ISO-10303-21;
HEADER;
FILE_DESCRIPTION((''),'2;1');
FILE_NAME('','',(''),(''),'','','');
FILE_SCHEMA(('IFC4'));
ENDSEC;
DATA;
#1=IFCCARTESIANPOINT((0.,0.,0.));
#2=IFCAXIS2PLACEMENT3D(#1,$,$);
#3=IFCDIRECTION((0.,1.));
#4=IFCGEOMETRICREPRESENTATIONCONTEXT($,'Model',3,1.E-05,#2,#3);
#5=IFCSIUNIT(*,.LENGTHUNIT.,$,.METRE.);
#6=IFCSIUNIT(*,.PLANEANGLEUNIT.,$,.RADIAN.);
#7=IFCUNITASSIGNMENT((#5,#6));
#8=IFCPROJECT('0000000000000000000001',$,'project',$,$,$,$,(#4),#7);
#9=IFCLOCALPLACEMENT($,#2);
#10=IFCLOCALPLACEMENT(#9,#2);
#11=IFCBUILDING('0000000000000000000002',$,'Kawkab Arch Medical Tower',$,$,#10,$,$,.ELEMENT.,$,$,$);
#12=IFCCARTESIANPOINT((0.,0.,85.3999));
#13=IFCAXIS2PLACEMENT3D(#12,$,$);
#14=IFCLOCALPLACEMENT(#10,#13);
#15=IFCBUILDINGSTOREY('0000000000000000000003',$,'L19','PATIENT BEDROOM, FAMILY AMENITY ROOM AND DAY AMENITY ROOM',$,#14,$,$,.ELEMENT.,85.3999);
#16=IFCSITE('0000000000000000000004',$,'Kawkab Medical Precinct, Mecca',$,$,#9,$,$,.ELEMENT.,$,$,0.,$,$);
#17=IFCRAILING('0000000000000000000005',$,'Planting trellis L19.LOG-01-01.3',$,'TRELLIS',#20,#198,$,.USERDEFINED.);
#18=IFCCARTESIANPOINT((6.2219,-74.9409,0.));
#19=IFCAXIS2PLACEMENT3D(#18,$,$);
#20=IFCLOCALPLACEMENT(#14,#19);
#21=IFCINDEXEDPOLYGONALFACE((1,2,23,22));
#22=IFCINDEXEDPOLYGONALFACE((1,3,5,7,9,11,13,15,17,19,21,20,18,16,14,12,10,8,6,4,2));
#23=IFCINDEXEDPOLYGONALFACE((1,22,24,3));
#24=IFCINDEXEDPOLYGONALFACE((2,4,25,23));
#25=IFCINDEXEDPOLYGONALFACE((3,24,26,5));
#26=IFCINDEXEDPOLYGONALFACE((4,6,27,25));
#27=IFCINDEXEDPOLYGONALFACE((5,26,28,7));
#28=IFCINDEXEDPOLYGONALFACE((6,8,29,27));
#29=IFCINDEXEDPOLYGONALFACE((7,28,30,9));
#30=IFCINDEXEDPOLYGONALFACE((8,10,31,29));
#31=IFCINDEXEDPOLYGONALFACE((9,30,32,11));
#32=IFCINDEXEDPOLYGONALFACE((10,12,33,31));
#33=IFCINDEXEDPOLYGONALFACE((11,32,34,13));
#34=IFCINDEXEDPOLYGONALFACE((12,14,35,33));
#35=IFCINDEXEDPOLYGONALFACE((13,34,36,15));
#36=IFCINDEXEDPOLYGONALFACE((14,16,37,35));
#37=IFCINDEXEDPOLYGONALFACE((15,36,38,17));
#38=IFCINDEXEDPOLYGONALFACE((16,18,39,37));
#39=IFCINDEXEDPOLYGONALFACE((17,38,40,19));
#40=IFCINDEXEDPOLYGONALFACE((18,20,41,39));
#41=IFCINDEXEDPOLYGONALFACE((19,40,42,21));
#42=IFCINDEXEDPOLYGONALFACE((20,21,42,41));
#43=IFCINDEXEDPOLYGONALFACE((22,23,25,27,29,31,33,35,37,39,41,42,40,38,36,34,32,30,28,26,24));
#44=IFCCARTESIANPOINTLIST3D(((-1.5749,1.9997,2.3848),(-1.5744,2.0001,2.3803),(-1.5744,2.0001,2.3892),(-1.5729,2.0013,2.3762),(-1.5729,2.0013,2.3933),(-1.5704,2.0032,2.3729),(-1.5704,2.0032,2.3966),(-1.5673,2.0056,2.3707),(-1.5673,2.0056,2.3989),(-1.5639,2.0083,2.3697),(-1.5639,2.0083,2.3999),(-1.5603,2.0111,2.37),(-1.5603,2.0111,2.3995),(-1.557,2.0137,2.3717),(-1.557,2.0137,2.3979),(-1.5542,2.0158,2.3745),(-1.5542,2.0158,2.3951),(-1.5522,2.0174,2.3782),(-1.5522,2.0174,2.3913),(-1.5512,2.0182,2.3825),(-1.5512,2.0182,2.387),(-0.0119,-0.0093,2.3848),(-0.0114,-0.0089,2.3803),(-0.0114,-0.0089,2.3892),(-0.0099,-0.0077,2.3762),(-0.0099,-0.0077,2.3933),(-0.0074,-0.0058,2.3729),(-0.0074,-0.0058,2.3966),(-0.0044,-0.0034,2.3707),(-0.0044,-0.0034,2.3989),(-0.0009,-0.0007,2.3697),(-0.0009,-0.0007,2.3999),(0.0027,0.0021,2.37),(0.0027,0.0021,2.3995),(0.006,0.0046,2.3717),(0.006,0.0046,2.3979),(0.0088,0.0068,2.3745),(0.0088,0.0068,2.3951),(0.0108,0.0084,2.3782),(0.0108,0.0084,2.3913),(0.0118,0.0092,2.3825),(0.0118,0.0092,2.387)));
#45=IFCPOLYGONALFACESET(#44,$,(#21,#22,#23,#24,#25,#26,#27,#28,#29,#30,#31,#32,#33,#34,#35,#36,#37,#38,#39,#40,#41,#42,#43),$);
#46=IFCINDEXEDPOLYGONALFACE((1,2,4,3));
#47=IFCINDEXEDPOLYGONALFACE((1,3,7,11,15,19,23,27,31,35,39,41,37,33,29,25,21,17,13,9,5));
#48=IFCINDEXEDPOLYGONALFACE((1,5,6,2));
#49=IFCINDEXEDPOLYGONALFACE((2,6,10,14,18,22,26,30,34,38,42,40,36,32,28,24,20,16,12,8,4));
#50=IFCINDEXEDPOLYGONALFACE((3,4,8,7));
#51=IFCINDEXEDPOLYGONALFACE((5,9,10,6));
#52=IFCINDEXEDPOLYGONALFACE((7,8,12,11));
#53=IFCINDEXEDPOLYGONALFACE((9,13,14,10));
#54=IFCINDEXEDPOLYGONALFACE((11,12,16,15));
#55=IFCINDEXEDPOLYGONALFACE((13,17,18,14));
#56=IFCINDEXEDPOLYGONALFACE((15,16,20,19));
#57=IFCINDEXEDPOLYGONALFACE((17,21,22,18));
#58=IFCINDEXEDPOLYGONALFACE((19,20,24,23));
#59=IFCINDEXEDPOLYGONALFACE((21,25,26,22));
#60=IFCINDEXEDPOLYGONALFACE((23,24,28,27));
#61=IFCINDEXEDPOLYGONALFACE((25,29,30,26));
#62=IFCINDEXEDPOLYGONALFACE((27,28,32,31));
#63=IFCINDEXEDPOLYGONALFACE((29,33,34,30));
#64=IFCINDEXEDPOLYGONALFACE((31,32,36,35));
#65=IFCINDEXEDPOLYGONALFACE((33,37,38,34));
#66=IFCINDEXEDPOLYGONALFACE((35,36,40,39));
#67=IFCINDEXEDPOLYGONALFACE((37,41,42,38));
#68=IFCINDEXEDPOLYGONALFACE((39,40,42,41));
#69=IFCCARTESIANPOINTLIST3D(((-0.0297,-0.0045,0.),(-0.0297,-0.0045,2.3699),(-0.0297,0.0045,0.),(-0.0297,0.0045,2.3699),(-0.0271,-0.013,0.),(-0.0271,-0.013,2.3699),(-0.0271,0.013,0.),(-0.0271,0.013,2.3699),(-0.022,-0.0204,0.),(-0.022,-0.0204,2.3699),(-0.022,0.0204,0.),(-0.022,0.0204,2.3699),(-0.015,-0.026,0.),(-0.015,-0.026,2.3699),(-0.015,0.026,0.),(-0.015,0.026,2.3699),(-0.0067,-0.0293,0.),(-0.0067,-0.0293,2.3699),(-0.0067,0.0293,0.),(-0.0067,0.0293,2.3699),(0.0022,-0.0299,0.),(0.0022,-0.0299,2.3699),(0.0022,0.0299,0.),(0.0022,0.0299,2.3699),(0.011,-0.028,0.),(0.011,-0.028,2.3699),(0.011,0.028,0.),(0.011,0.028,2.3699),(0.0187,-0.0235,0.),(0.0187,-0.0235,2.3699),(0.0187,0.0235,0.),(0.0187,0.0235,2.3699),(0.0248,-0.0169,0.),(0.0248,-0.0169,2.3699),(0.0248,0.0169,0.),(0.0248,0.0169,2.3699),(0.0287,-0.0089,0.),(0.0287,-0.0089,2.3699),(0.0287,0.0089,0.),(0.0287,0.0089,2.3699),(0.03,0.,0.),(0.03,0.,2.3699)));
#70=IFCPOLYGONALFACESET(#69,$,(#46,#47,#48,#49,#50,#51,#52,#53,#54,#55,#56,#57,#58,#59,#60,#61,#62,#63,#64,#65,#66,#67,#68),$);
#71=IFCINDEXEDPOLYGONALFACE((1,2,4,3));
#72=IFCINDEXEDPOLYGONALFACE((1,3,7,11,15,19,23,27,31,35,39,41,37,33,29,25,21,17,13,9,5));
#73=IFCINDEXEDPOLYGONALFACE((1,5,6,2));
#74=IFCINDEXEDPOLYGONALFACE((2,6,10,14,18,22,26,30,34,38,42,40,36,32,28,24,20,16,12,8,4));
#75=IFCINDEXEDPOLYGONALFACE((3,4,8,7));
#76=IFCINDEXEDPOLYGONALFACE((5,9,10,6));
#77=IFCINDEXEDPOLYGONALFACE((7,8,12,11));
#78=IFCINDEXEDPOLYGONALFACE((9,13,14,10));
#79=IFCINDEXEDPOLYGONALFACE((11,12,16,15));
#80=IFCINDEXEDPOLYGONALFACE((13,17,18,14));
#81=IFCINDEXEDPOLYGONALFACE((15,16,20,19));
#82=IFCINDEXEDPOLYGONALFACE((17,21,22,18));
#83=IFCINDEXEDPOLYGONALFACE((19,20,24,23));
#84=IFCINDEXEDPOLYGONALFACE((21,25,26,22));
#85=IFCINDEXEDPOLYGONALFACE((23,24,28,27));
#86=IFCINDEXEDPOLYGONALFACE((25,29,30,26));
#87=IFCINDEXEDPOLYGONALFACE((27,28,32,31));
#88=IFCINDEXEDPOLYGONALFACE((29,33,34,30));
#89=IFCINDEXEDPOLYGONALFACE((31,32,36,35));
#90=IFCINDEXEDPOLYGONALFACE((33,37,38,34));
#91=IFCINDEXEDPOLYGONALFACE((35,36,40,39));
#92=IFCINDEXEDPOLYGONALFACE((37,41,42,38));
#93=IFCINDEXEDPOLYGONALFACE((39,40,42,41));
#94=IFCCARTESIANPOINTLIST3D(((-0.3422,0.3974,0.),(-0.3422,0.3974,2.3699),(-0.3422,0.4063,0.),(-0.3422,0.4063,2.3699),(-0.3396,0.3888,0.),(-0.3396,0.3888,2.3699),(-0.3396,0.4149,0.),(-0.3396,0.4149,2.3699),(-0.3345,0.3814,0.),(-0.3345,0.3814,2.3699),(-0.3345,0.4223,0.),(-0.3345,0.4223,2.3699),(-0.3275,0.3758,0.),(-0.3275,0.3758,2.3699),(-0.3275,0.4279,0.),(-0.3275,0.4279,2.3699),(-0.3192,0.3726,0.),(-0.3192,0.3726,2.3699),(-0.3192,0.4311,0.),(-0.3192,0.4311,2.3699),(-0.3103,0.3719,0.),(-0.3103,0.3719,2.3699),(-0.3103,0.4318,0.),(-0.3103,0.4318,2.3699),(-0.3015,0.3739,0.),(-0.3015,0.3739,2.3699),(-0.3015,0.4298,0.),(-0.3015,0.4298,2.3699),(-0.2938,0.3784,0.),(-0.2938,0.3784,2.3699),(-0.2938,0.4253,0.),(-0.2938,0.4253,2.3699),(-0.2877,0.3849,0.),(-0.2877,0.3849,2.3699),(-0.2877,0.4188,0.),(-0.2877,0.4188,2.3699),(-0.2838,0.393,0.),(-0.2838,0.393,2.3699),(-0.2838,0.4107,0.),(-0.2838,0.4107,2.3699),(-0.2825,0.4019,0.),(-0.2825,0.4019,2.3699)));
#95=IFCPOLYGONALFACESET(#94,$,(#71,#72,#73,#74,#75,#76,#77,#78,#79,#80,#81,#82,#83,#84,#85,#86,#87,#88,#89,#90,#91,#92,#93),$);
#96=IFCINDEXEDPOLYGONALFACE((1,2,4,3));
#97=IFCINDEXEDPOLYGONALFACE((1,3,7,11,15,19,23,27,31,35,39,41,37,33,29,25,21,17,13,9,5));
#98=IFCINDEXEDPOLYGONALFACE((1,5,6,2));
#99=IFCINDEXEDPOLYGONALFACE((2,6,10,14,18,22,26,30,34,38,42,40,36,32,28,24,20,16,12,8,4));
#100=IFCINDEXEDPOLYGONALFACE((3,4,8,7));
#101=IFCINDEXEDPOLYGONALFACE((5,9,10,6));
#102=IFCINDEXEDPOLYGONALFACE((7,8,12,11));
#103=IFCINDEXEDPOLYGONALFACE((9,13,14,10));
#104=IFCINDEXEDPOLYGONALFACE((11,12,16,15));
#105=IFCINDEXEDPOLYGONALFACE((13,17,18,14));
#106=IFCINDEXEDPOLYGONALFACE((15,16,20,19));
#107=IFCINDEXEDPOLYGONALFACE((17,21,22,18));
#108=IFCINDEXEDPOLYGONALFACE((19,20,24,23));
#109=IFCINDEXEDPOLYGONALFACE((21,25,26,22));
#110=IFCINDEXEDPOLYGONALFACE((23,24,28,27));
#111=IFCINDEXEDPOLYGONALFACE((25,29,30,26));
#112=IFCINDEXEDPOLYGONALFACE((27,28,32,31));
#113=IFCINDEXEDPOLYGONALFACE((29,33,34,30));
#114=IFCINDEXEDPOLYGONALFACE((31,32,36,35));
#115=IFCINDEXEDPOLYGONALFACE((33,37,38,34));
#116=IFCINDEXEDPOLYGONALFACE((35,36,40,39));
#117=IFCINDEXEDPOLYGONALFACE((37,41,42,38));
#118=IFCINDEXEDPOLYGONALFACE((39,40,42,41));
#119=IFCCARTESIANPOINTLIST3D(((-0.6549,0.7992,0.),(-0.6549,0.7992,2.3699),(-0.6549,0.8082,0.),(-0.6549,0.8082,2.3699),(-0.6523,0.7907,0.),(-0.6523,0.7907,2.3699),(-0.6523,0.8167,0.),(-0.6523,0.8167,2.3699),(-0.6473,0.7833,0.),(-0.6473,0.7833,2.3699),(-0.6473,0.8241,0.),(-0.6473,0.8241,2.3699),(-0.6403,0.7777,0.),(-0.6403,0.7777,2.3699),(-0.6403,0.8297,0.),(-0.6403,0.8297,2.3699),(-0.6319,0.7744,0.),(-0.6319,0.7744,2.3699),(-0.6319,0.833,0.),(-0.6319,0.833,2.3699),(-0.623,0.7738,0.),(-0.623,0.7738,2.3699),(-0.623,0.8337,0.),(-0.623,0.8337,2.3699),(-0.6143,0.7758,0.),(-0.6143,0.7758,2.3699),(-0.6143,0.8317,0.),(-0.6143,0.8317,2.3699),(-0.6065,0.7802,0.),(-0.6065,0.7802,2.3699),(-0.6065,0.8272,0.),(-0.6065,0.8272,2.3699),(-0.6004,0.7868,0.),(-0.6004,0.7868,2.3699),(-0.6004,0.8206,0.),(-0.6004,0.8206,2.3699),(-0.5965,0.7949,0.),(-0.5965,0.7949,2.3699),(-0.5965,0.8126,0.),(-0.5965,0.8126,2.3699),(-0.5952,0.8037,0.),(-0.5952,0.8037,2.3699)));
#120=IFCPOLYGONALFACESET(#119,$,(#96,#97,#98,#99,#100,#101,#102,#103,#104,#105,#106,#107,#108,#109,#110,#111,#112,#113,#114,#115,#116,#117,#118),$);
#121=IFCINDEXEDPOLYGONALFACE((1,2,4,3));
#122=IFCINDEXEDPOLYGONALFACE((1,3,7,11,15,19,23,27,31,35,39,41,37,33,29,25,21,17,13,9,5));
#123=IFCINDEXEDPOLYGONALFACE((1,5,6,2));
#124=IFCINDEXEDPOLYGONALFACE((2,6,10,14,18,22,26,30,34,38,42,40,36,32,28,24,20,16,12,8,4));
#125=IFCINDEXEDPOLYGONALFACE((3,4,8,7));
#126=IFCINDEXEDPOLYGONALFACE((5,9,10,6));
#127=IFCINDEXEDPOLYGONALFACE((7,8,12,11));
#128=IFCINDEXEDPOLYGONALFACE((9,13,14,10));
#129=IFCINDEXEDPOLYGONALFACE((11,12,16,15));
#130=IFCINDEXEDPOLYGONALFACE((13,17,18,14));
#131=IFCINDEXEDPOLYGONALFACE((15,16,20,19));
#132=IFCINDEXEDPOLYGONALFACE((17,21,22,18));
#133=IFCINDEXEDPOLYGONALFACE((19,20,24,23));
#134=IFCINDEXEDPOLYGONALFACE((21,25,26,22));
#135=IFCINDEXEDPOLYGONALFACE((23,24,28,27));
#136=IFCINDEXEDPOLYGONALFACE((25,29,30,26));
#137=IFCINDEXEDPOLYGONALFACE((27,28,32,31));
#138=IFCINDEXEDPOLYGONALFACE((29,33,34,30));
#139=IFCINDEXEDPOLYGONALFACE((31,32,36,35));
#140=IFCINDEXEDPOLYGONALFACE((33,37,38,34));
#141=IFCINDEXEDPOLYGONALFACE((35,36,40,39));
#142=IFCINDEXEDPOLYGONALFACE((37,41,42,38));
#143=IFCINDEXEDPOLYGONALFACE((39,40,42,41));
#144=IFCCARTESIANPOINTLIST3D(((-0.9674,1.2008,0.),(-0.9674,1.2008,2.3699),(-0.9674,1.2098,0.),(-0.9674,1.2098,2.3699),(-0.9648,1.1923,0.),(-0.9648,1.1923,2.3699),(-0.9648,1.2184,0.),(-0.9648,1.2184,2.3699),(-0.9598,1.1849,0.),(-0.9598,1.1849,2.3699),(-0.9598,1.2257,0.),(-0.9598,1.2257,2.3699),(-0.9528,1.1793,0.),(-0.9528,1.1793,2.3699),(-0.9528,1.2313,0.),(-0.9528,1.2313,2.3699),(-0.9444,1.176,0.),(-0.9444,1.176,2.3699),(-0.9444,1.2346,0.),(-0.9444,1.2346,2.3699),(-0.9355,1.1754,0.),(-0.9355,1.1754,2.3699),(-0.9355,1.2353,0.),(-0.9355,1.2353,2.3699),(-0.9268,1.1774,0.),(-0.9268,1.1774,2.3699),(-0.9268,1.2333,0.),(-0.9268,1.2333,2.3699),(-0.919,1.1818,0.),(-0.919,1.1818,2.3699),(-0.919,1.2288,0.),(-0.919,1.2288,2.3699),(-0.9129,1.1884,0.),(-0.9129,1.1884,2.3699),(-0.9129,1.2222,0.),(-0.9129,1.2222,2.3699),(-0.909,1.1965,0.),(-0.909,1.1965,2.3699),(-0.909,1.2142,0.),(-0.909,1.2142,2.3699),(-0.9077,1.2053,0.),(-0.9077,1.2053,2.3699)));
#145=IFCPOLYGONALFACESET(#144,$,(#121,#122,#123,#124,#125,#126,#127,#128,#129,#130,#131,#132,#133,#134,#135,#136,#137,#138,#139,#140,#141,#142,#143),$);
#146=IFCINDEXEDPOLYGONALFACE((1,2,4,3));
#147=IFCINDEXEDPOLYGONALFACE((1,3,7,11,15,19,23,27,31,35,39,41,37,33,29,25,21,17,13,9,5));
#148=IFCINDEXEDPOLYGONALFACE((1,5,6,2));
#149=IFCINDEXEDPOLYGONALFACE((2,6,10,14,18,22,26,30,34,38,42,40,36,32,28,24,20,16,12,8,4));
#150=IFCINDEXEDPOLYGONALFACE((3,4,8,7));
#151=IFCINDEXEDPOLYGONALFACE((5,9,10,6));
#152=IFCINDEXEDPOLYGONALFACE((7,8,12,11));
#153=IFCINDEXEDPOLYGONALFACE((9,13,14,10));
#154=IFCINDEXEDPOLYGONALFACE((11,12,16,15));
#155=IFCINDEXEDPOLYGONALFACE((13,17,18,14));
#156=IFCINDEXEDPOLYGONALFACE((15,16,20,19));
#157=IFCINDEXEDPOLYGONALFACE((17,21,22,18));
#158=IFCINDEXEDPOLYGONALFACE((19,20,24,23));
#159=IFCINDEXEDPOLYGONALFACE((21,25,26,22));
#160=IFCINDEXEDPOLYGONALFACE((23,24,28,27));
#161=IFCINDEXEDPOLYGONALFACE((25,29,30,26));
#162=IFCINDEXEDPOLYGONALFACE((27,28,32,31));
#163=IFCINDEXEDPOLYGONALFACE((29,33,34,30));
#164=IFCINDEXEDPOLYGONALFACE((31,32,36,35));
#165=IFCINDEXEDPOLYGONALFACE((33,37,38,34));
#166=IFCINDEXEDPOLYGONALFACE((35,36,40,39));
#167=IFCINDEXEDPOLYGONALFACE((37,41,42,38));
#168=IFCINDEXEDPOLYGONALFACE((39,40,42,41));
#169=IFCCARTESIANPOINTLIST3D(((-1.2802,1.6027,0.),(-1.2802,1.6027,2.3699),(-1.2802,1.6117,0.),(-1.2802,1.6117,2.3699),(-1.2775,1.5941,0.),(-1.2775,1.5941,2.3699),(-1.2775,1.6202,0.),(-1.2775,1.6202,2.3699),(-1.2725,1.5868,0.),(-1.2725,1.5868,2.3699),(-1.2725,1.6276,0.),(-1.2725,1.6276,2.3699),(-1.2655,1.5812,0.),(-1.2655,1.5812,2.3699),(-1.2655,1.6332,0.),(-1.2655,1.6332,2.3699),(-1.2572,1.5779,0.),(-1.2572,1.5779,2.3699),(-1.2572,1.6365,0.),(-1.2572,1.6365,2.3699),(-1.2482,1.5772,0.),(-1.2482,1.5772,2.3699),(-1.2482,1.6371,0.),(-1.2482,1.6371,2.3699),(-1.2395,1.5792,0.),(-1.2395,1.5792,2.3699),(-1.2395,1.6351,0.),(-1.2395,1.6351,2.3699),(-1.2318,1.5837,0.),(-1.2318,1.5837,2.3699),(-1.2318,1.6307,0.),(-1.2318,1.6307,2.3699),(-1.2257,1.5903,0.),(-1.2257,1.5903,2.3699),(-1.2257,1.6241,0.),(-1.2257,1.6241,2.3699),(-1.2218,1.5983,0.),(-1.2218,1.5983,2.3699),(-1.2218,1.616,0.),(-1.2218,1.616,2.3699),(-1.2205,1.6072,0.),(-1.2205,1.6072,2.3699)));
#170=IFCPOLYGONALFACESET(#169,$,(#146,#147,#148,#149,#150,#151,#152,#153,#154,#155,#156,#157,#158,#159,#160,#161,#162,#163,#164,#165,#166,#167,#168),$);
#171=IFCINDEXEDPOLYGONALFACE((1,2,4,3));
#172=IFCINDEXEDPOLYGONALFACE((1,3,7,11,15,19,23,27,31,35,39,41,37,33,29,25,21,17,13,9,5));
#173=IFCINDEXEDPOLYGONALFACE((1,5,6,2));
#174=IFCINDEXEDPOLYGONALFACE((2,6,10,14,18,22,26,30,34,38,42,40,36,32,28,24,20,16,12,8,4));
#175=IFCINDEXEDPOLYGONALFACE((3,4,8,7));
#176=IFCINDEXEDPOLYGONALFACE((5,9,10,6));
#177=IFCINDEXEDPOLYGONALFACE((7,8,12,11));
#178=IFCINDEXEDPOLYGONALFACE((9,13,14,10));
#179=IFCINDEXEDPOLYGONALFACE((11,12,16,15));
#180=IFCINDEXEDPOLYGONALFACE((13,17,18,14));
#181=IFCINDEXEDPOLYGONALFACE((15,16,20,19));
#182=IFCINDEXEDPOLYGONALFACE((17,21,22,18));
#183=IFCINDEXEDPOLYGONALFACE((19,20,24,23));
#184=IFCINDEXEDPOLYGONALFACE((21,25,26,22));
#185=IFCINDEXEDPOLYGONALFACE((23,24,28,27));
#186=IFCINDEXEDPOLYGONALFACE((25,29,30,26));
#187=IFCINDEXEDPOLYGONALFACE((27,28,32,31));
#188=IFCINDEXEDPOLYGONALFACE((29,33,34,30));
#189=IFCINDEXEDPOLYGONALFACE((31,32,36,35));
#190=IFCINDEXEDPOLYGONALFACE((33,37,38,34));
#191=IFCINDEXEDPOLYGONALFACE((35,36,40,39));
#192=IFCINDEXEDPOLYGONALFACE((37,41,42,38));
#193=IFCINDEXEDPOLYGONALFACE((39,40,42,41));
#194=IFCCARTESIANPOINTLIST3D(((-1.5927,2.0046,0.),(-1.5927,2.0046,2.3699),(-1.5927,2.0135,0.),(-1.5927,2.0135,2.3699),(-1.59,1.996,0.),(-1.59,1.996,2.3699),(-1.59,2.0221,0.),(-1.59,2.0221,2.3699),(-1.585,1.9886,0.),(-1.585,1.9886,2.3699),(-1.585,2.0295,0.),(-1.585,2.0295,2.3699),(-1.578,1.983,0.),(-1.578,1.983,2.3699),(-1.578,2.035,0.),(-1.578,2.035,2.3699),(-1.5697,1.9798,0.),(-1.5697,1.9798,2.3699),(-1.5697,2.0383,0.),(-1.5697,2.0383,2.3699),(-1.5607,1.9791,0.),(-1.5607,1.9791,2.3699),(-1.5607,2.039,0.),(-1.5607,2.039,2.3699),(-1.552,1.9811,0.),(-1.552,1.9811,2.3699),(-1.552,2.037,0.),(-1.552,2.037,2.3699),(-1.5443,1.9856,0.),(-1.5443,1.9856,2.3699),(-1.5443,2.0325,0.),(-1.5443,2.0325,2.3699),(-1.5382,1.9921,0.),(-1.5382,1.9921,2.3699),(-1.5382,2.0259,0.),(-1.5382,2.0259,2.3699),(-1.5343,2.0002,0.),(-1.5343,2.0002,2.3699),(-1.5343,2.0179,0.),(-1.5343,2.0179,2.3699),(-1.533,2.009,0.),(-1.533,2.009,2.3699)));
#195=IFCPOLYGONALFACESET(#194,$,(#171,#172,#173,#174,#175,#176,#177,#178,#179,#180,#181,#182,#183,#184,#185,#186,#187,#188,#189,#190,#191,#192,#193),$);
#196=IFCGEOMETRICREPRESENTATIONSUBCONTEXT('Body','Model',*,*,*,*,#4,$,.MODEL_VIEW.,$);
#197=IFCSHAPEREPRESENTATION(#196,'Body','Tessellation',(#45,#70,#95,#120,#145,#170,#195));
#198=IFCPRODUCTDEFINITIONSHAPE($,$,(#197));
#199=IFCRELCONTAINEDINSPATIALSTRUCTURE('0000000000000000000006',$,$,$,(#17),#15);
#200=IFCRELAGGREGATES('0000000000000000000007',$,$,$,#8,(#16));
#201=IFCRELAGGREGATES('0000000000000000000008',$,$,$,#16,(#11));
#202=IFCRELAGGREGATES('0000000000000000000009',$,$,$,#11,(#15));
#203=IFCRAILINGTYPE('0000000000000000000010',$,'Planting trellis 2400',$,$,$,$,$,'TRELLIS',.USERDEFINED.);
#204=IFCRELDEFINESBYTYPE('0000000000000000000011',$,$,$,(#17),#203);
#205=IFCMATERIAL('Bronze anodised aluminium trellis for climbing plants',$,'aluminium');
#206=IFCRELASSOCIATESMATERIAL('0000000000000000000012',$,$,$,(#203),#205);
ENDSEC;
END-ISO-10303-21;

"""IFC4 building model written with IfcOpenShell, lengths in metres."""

from ifc_helpers import new_model, si_unit, direction, frame, origin, origin_2d, place, context, subcontext, project, spatial, circle, extrude, material, type_object, element, save


model = new_model("IFC4")

# Units and contexts
model_context = context("Model", 3, precision=1e-05, world=origin(), true_north=direction((0.0, 1.0)))
body_context = subcontext(model_context, "Body", "Model", "MODEL_VIEW")
ifc_project = project(units=[si_unit("LENGTHUNIT", "METRE"), si_unit("PLANEANGLEUNIT", "RADIAN")], contexts=[model_context])

# Site, building, storey
site_placement = place(None, origin())
site = spatial("IfcSite", under=ifc_project, at=site_placement, Name="Kawkab Medical Precinct, Mecca", CompositionType="ELEMENT", RefElevation=0.0)
building_placement = place(site_placement, origin())
building = spatial("IfcBuilding", under=site, at=building_placement, Name="Kawkab Arch Medical Tower", CompositionType="ELEMENT")
storey_placement = place(building_placement, frame((0.0, 0.0, 85.3999)))
storey = spatial("IfcBuildingStorey", under=building, at=storey_placement, Name="L19", Description="PATIENT BEDROOM, FAMILY AMENITY ROOM AND DAY AMENITY ROOM", CompositionType="ELEMENT", Elevation=85.3999)

# Railing
ifc_material_1 = material(Name="Bronze anodised aluminium trellis for climbing plants", Category="aluminium")
railing_type = type_object("IfcRailingType", Name="Planting trellis 2400", ElementType="TRELLIS", PredefinedType="USERDEFINED", material=ifc_material_1)
railing_1_placement = place(storey_placement, frame((6.2219, -74.9409, 0.0)))
element("IfcRailing", 1, at=railing_1_placement, inside=storey, type_object=railing_type, Name="Planting trellis L19.LOG-01-01.3", ObjectType="TRELLIS", PredefinedType="USERDEFINED", context=body_context, shape_type="SweptSolid", body=[
    extrude(circle(Radius=0.0151, at=origin_2d()), frame((0.0, 0.0, 2.3848), z_axis=(-0.61404, 0.789275, 0.0), x_axis=(-0.789275, -0.61404, 0.0)), (0.0, 0.0, 1.0), 2.5454),
    extrude(circle(Radius=0.03, at=origin_2d()), origin(), (0.0, 0.0, 1.0), 2.3699),
    extrude(circle(Radius=0.03, at=origin_2d()), frame((-0.3125, 0.4019, 0.0)), (0.0, 0.0, 1.0), 2.3699),
    extrude(circle(Radius=0.03, at=origin_2d()), frame((-0.6252, 0.8037, 0.0)), (0.0, 0.0, 1.0), 2.3699),
    extrude(circle(Radius=0.03, at=origin_2d()), frame((-0.9377, 1.2053, 0.0)), (0.0, 0.0, 1.0), 2.3699),
    extrude(circle(Radius=0.03, at=origin_2d()), frame((-1.2505, 1.6072, 0.0)), (0.0, 0.0, 1.0), 2.3699),
    extrude(circle(Radius=0.03, at=origin_2d()), frame((-1.563, 2.009, 0.0)), (0.0, 0.0, 1.0), 2.3699),
])

save(model, "model.ifc")
